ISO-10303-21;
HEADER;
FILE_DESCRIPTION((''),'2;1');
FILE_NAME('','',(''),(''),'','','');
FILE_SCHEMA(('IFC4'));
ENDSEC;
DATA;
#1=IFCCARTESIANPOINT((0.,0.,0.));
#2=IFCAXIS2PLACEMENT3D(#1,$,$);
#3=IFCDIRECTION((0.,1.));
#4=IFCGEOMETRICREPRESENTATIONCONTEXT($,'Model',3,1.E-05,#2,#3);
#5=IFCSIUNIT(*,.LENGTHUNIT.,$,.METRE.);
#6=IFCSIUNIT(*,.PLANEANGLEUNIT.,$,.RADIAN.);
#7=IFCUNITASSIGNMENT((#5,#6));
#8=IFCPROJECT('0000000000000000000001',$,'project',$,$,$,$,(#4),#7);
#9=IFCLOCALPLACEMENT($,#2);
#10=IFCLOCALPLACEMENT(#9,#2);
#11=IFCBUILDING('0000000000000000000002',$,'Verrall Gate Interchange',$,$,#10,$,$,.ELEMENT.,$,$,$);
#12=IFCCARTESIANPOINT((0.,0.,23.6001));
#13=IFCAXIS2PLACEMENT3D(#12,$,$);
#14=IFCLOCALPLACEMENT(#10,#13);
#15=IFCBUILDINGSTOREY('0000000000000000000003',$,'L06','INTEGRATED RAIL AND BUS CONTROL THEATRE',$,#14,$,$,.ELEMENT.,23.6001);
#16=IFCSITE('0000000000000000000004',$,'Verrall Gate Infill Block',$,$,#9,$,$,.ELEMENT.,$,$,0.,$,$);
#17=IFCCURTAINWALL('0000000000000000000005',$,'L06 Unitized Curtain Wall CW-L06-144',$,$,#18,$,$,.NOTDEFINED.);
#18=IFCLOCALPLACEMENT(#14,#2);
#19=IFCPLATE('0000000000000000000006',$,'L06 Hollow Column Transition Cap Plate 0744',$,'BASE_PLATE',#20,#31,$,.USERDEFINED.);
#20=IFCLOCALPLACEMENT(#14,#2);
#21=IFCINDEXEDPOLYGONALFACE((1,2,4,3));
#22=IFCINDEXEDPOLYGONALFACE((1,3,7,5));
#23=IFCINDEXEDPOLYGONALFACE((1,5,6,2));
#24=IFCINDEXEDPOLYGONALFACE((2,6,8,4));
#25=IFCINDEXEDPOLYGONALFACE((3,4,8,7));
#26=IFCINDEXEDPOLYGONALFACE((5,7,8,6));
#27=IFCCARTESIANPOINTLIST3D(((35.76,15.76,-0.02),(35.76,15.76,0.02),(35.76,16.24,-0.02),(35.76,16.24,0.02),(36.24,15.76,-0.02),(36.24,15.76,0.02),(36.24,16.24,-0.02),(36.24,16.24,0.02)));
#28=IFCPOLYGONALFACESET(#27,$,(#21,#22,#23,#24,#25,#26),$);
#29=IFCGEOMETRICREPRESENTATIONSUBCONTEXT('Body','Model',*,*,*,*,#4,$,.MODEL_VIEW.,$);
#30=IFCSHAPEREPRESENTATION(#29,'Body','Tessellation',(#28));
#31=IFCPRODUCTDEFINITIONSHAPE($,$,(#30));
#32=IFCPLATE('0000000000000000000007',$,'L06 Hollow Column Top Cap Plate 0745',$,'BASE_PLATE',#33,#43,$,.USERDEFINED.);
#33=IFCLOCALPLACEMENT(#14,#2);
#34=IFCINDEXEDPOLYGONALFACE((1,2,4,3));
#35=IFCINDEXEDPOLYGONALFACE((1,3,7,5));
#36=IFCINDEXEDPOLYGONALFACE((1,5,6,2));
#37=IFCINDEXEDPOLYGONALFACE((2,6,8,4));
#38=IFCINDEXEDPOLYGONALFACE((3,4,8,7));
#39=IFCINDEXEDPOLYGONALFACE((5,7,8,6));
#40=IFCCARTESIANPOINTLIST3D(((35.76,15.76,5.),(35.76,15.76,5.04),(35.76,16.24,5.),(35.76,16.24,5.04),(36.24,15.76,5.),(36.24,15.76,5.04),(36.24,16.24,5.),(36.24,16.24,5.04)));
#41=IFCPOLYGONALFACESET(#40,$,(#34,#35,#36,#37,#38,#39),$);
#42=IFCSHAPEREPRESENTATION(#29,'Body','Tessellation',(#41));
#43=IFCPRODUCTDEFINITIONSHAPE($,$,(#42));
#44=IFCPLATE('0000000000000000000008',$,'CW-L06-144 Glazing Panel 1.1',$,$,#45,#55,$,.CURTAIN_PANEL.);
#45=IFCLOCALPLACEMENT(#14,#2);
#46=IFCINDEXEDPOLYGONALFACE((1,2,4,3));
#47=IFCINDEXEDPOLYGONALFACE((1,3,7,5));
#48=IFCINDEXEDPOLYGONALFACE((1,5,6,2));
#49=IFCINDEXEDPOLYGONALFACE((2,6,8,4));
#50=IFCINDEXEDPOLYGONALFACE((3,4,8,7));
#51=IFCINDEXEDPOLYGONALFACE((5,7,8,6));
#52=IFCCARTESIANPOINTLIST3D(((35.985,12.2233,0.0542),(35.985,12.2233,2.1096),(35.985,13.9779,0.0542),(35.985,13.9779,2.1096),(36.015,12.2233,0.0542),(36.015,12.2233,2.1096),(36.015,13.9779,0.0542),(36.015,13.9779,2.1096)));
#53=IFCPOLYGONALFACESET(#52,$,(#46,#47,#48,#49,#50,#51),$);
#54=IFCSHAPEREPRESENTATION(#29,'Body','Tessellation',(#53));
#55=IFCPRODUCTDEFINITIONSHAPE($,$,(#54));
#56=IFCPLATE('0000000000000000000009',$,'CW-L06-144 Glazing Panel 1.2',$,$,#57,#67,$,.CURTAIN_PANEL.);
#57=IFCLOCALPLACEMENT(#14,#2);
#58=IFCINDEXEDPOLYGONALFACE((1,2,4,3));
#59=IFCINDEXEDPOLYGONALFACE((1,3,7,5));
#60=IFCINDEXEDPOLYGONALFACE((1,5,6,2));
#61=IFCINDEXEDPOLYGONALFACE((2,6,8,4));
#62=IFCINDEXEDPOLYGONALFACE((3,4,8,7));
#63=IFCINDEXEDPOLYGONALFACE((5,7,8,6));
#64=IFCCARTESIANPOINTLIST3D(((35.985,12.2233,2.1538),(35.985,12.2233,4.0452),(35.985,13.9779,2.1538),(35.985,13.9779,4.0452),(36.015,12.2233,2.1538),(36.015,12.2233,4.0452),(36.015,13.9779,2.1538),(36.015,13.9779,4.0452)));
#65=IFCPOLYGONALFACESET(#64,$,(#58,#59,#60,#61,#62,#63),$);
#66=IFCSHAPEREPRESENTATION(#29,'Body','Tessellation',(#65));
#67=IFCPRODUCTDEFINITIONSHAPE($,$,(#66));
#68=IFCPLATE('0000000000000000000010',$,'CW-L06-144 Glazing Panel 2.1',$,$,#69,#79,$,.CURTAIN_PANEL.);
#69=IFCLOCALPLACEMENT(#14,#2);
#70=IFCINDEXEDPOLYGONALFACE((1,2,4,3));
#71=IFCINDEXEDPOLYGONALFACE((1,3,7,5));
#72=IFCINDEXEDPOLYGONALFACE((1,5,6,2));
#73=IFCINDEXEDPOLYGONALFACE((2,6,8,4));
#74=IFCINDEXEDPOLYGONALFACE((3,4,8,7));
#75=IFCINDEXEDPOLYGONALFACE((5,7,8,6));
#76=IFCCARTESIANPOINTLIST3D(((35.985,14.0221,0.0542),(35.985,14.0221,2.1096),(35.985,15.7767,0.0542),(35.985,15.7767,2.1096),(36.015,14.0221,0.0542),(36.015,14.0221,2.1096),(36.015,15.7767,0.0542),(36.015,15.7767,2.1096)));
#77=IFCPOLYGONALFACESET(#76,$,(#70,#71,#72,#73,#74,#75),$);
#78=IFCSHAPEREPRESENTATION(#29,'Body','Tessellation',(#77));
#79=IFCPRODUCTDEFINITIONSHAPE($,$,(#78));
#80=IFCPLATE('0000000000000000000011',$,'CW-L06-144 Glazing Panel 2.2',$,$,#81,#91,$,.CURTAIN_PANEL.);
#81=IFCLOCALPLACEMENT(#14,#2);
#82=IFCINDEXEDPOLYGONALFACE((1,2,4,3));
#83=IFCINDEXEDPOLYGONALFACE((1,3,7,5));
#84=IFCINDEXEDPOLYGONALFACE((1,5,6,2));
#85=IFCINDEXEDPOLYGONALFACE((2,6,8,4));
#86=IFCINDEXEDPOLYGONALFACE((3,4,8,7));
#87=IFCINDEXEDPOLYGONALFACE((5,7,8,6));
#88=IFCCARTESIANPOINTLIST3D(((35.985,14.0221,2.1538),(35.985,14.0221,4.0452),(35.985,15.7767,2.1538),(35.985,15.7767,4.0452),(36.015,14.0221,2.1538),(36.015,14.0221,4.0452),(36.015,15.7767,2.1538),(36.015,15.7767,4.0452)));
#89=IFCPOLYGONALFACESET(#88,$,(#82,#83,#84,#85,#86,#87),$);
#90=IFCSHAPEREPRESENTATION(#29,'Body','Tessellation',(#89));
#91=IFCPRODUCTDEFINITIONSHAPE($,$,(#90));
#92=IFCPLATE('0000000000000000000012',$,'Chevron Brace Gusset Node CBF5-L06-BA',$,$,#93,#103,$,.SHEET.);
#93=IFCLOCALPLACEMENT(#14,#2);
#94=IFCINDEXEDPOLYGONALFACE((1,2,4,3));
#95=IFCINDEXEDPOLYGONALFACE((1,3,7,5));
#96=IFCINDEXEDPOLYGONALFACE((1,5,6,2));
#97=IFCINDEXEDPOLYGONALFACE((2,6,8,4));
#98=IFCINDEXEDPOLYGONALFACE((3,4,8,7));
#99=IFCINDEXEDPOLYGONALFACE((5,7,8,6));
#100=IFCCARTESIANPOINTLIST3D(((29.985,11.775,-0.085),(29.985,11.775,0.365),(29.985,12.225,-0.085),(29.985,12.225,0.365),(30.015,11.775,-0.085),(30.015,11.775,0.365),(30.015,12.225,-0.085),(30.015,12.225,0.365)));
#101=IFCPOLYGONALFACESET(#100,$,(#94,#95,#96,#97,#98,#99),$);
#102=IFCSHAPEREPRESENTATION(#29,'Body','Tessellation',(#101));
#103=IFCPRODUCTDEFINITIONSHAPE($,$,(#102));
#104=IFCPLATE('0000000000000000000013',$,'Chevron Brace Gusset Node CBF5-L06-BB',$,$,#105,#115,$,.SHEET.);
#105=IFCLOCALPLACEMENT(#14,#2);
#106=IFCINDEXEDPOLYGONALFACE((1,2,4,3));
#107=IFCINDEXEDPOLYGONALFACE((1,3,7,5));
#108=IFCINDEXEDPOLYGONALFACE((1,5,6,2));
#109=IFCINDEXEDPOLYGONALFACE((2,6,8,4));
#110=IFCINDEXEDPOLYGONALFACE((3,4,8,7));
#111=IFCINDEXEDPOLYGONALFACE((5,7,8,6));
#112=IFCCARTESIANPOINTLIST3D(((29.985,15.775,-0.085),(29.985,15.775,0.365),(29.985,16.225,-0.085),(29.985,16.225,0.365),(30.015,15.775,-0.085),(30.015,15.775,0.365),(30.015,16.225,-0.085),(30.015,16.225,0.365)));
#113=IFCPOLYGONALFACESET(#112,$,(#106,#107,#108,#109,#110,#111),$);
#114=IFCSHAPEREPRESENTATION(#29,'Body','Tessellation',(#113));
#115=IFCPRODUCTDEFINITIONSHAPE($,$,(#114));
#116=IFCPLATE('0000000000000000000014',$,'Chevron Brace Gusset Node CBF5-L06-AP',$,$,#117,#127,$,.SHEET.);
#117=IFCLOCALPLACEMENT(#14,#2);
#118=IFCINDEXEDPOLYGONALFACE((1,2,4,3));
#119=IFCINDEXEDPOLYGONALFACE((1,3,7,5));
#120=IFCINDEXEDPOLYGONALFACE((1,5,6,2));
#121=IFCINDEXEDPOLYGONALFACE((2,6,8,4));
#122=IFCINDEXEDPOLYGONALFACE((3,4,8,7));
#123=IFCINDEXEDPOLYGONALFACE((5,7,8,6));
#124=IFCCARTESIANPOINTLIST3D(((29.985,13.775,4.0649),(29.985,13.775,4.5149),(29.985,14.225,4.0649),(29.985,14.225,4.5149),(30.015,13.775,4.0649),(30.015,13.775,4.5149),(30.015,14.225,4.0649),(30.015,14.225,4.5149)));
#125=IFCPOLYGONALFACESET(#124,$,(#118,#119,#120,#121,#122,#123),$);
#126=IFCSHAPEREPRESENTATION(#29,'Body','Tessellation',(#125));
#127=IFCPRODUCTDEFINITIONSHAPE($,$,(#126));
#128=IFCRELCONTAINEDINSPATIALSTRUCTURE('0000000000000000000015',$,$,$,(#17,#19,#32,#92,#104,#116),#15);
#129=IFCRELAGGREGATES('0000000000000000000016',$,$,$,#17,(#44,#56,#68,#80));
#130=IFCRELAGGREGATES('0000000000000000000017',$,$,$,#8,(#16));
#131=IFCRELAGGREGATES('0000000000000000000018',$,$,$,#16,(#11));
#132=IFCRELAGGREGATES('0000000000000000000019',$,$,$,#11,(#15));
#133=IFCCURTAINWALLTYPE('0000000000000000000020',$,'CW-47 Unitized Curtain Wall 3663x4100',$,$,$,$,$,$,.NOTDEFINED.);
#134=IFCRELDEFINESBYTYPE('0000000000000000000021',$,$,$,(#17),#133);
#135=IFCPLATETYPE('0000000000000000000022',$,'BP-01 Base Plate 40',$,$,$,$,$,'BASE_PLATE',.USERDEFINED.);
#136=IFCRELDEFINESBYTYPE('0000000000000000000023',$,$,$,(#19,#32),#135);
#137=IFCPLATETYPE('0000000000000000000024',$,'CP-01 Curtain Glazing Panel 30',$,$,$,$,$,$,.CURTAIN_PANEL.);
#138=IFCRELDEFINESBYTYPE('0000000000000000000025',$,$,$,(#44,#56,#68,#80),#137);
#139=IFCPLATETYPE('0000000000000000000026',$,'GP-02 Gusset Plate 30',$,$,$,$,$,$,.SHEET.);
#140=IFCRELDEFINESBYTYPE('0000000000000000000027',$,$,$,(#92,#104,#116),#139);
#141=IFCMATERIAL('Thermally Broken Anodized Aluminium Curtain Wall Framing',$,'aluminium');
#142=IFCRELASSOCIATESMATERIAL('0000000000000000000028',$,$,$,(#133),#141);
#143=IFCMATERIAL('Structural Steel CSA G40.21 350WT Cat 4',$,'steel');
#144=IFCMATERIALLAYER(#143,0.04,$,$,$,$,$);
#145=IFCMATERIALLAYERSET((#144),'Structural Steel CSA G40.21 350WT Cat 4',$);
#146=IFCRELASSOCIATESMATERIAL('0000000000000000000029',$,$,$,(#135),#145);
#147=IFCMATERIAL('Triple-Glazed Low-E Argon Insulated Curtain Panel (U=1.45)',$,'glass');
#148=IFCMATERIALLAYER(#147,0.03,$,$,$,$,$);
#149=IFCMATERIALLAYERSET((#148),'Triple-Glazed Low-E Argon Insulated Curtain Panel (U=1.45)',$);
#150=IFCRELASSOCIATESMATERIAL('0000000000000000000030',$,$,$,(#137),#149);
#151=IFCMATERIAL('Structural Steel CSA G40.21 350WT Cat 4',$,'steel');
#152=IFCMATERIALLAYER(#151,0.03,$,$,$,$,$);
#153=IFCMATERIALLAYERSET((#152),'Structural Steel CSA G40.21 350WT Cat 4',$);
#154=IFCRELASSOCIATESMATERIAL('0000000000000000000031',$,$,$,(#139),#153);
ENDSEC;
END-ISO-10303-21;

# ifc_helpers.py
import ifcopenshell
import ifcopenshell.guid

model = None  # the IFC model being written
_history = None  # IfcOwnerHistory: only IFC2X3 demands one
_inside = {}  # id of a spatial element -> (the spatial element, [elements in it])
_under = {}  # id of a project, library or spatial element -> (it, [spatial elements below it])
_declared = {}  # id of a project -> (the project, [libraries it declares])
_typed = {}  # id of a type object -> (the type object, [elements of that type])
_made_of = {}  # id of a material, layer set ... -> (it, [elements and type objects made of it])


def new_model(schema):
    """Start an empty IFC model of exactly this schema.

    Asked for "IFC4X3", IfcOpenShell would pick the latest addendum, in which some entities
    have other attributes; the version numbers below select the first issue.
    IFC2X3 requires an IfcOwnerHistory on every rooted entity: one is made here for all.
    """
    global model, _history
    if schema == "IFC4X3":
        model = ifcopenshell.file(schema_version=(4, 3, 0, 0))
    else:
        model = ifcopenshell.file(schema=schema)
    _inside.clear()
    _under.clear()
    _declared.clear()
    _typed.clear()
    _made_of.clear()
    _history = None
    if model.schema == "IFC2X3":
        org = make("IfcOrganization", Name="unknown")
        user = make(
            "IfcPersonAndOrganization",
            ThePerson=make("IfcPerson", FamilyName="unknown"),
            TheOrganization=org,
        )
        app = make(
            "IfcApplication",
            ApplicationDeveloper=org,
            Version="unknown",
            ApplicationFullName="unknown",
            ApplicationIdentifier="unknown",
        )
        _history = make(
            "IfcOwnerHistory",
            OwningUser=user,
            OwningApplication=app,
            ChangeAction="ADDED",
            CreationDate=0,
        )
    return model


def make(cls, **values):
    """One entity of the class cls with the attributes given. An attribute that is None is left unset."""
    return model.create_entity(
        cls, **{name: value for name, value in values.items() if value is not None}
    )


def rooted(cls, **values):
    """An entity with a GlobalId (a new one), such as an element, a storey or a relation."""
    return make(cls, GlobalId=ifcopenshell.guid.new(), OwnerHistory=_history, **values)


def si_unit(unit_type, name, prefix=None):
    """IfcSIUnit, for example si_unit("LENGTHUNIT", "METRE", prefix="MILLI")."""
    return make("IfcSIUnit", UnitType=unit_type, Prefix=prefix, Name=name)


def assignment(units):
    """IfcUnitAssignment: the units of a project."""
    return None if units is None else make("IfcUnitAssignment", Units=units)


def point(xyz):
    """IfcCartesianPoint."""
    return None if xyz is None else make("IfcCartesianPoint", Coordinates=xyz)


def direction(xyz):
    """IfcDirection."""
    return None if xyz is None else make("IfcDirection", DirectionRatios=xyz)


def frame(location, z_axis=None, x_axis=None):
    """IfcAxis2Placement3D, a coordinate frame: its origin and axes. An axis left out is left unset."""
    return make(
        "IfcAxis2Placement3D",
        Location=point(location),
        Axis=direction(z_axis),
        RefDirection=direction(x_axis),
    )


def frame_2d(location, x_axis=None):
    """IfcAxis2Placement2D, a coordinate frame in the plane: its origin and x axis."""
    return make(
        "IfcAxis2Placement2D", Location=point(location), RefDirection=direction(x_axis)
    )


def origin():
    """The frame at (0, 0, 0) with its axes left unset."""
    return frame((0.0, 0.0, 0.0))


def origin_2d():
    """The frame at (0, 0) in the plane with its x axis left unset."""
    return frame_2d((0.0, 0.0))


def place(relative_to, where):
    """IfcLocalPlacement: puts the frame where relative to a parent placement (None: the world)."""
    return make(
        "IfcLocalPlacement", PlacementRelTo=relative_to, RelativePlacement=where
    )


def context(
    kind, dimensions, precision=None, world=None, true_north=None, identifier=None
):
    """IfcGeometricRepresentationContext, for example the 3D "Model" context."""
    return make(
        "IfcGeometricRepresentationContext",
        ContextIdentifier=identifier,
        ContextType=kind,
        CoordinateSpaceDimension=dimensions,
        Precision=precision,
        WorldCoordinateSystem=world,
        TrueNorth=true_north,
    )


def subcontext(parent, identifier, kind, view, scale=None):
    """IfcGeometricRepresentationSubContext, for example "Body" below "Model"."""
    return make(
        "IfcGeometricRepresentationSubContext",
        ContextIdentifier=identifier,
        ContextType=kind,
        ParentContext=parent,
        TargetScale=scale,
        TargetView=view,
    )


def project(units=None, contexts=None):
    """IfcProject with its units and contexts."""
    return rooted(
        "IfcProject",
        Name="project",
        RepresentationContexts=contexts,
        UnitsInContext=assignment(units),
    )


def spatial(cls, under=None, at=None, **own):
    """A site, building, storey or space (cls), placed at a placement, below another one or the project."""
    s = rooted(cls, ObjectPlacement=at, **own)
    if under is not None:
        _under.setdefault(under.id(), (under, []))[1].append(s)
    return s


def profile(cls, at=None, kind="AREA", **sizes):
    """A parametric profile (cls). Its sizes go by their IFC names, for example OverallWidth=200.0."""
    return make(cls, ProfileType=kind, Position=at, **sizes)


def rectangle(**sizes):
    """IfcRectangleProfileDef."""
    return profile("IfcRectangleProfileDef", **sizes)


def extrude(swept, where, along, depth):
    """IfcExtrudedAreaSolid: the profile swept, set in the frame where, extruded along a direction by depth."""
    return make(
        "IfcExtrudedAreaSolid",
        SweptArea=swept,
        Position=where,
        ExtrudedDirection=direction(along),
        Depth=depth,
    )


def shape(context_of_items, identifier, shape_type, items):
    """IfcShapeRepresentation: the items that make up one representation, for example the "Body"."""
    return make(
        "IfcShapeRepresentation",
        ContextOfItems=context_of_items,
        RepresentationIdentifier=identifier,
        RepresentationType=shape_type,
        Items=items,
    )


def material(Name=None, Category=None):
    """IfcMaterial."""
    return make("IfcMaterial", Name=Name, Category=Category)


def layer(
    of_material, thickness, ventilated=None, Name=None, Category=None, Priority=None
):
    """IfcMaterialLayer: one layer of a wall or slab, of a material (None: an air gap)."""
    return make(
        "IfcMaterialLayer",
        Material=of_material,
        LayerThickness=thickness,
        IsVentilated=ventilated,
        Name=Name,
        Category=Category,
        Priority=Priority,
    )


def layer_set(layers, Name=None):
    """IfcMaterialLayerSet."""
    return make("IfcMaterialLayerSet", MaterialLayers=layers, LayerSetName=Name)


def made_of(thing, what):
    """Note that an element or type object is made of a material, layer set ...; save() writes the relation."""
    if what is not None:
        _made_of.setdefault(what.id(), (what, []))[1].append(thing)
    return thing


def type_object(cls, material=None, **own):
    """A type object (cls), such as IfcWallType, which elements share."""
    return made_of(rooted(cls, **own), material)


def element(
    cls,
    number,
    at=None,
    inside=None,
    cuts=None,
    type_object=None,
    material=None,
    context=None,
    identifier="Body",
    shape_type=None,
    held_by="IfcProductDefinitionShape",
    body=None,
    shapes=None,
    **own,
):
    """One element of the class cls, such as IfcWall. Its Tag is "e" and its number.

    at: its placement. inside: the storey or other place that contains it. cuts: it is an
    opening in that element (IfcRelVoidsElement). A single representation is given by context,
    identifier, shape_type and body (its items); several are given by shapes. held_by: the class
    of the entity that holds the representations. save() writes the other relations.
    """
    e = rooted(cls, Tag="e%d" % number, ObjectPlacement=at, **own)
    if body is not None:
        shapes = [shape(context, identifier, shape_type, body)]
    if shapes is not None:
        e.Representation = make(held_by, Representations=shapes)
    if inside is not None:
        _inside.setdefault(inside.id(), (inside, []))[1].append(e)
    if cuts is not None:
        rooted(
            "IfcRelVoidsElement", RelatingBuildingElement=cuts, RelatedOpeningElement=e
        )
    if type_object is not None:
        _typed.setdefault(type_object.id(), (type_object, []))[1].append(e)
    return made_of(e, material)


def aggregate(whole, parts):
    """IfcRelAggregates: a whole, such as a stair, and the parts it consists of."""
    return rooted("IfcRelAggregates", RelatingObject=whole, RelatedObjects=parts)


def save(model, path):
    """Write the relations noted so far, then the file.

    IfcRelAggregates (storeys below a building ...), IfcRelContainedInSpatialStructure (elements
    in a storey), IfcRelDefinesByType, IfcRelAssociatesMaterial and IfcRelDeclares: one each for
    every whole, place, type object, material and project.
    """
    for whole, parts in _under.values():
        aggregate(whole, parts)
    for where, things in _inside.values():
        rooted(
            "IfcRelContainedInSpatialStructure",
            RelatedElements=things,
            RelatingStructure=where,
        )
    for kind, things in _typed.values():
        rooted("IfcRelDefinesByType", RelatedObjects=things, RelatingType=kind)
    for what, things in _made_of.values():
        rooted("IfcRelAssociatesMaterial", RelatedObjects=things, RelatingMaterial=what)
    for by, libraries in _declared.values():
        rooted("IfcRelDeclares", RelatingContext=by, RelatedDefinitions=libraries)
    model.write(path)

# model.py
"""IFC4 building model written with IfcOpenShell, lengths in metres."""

from ifc_helpers import new_model, si_unit, direction, frame, origin, origin_2d, place, context, subcontext, project, spatial, rectangle, extrude, material, layer, layer_set, type_object, element, aggregate, save


model = new_model("IFC4")

# Units and contexts
model_context = context("Model", 3, precision=1e-05, world=origin(), true_north=direction((0.0, 1.0)))
body_context = subcontext(model_context, "Body", "Model", "MODEL_VIEW")
ifc_project = project(units=[si_unit("LENGTHUNIT", "METRE"), si_unit("PLANEANGLEUNIT", "RADIAN")], contexts=[model_context])

# Site, building, storey
site_placement = place(None, origin())
site = spatial("IfcSite", under=ifc_project, at=site_placement, Name="Verrall Gate Infill Block", CompositionType="ELEMENT", RefElevation=0.0)
building_placement = place(site_placement, origin())
building = spatial("IfcBuilding", under=site, at=building_placement, Name="Verrall Gate Interchange", CompositionType="ELEMENT")
storey_placement = place(building_placement, frame((0.0, 0.0, 23.6001)))
storey = spatial("IfcBuildingStorey", under=building, at=storey_placement, Name="L06", Description="INTEGRATED RAIL AND BUS CONTROL THEATRE", CompositionType="ELEMENT", Elevation=23.6001)

# Curtain wall
ifc_material_1 = material(Name="Thermally Broken Anodized Aluminium Curtain Wall Framing", Category="aluminium")
curtain_wall_type_1 = type_object("IfcCurtainWallType", Name="CW-47 Unitized Curtain Wall 3663x4100", PredefinedType="NOTDEFINED", material=ifc_material_1)
curtain_wall_1_placement = place(storey_placement, origin())
curtain_wall_1 = element("IfcCurtainWall", 1, at=curtain_wall_1_placement, inside=storey, type_object=curtain_wall_type_1, Name="L06 Unitized Curtain Wall CW-L06-144", PredefinedType="NOTDEFINED")

# Plates
ifc_material_2 = material(Name="Structural Steel CSA G40.21 350WT Cat 4", Category="steel")
ifc_layer_1 = layer(ifc_material_2, 0.04)
ifc_layer_set_1 = layer_set([ifc_layer_1], Name="Structural Steel CSA G40.21 350WT Cat 4")
plate_type_1 = type_object("IfcPlateType", Name="BP-01 Base Plate 40", ElementType="BASE_PLATE", PredefinedType="USERDEFINED", material=ifc_layer_set_1)
for number, where, z_axis, x_axis, name in (
    (2, (36.0, 16.0, -0.02), (0.0, 0.0, 1.0), (1.0, 0.0, 0.0), "L06 Hollow Column Transition Cap Plate 0744"),
    (3, (36.0, 16.0, 5.0), (0.0, 0.0, 1.0), (1.0, 0.0, 0.0), "L06 Hollow Column Top Cap Plate 0745"),
):
    element("IfcPlate", number, at=place(storey_placement, frame(where, z_axis=z_axis, x_axis=x_axis)), inside=storey, type_object=plate_type_1, Name=name, ObjectType="BASE_PLATE", PredefinedType="USERDEFINED", context=body_context, shape_type="SweptSolid", body=[
        extrude(rectangle(XDim=0.48, YDim=0.48, at=origin_2d()), origin(), (0.0, 0.0, 1.0), 0.04),
    ])

# Plates
ifc_material_3 = material(Name="Triple-Glazed Low-E Argon Insulated Curtain Panel (U=1.45)", Category="glass")
ifc_layer_2 = layer(ifc_material_3, 0.03)
ifc_layer_set_2 = layer_set([ifc_layer_2], Name="Triple-Glazed Low-E Argon Insulated Curtain Panel (U=1.45)")
plate_type_2 = type_object("IfcPlateType", Name="CP-01 Curtain Glazing Panel 30", PredefinedType="CURTAIN_PANEL", material=ifc_layer_set_2)
plate_1_placement = place(storey_placement, frame((36.0, 13.1006, 0.0542), z_axis=(0.0, 0.0, 1.0), x_axis=(0.0, 1.0, 0.0)))
plate_1 = element("IfcPlate", 4, at=plate_1_placement, type_object=plate_type_2, Name="CW-L06-144 Glazing Panel 1.1", PredefinedType="CURTAIN_PANEL", context=body_context, shape_type="SweptSolid", body=[
    extrude(rectangle(XDim=1.7546, YDim=0.03, at=origin_2d()), origin(), (0.0, 0.0, 1.0), 2.0554),
])
plate_2_placement = place(storey_placement, frame((36.0, 13.1006, 2.1538), z_axis=(0.0, 0.0, 1.0), x_axis=(0.0, 1.0, 0.0)))
plate_2 = element("IfcPlate", 5, at=plate_2_placement, type_object=plate_type_2, Name="CW-L06-144 Glazing Panel 1.2", PredefinedType="CURTAIN_PANEL", context=body_context, shape_type="SweptSolid", body=[
    extrude(rectangle(XDim=1.7546, YDim=0.03, at=origin_2d()), origin(), (0.0, 0.0, 1.0), 1.8914),
])
plate_3_placement = place(storey_placement, frame((36.0, 14.8994, 0.0542), z_axis=(0.0, 0.0, 1.0), x_axis=(0.0, 1.0, 0.0)))
plate_3 = element("IfcPlate", 6, at=plate_3_placement, type_object=plate_type_2, Name="CW-L06-144 Glazing Panel 2.1", PredefinedType="CURTAIN_PANEL", context=body_context, shape_type="SweptSolid", body=[
    extrude(rectangle(XDim=1.7546, YDim=0.03, at=origin_2d()), origin(), (0.0, 0.0, 1.0), 2.0554),
])
plate_4_placement = place(storey_placement, frame((36.0, 14.8994, 2.1538), z_axis=(0.0, 0.0, 1.0), x_axis=(0.0, 1.0, 0.0)))
plate_4 = element("IfcPlate", 7, at=plate_4_placement, type_object=plate_type_2, Name="CW-L06-144 Glazing Panel 2.2", PredefinedType="CURTAIN_PANEL", context=body_context, shape_type="SweptSolid", body=[
    extrude(rectangle(XDim=1.7546, YDim=0.03, at=origin_2d()), origin(), (0.0, 0.0, 1.0), 1.8914),
])
aggregate(curtain_wall_1, [plate_1, plate_2, plate_3, plate_4])

# Plates
ifc_material_4 = material(Name="Structural Steel CSA G40.21 350WT Cat 4", Category="steel")
ifc_layer_3 = layer(ifc_material_4, 0.03)
ifc_layer_set_3 = layer_set([ifc_layer_3], Name="Structural Steel CSA G40.21 350WT Cat 4")
plate_type_3 = type_object("IfcPlateType", Name="GP-02 Gusset Plate 30", PredefinedType="SHEET", material=ifc_layer_set_3)
for number, where, z_axis, x_axis, name in (
    (8, (30.0, 12.0, -0.085), (0.0, 0.0, 1.0), (1.0, 0.0, 0.0), "Chevron Brace Gusset Node CBF5-L06-BA"),
    (9, (30.0, 16.0, -0.085), (0.0, 0.0, 1.0), (1.0, 0.0, 0.0), "Chevron Brace Gusset Node CBF5-L06-BB"),
    (10, (30.0, 14.0, 4.0649), (0.0, 0.0, 1.0), (1.0, 0.0, 0.0), "Chevron Brace Gusset Node CBF5-L06-AP"),
):
    element("IfcPlate", number, at=place(storey_placement, frame(where, z_axis=z_axis, x_axis=x_axis)), inside=storey, type_object=plate_type_3, Name=name, PredefinedType="SHEET", context=body_context, shape_type="SweptSolid", body=[
        extrude(rectangle(XDim=0.03, YDim=0.45, at=origin_2d()), origin(), (0.0, 0.0, 1.0), 0.45),
    ])

save(model, "model.ifc")
